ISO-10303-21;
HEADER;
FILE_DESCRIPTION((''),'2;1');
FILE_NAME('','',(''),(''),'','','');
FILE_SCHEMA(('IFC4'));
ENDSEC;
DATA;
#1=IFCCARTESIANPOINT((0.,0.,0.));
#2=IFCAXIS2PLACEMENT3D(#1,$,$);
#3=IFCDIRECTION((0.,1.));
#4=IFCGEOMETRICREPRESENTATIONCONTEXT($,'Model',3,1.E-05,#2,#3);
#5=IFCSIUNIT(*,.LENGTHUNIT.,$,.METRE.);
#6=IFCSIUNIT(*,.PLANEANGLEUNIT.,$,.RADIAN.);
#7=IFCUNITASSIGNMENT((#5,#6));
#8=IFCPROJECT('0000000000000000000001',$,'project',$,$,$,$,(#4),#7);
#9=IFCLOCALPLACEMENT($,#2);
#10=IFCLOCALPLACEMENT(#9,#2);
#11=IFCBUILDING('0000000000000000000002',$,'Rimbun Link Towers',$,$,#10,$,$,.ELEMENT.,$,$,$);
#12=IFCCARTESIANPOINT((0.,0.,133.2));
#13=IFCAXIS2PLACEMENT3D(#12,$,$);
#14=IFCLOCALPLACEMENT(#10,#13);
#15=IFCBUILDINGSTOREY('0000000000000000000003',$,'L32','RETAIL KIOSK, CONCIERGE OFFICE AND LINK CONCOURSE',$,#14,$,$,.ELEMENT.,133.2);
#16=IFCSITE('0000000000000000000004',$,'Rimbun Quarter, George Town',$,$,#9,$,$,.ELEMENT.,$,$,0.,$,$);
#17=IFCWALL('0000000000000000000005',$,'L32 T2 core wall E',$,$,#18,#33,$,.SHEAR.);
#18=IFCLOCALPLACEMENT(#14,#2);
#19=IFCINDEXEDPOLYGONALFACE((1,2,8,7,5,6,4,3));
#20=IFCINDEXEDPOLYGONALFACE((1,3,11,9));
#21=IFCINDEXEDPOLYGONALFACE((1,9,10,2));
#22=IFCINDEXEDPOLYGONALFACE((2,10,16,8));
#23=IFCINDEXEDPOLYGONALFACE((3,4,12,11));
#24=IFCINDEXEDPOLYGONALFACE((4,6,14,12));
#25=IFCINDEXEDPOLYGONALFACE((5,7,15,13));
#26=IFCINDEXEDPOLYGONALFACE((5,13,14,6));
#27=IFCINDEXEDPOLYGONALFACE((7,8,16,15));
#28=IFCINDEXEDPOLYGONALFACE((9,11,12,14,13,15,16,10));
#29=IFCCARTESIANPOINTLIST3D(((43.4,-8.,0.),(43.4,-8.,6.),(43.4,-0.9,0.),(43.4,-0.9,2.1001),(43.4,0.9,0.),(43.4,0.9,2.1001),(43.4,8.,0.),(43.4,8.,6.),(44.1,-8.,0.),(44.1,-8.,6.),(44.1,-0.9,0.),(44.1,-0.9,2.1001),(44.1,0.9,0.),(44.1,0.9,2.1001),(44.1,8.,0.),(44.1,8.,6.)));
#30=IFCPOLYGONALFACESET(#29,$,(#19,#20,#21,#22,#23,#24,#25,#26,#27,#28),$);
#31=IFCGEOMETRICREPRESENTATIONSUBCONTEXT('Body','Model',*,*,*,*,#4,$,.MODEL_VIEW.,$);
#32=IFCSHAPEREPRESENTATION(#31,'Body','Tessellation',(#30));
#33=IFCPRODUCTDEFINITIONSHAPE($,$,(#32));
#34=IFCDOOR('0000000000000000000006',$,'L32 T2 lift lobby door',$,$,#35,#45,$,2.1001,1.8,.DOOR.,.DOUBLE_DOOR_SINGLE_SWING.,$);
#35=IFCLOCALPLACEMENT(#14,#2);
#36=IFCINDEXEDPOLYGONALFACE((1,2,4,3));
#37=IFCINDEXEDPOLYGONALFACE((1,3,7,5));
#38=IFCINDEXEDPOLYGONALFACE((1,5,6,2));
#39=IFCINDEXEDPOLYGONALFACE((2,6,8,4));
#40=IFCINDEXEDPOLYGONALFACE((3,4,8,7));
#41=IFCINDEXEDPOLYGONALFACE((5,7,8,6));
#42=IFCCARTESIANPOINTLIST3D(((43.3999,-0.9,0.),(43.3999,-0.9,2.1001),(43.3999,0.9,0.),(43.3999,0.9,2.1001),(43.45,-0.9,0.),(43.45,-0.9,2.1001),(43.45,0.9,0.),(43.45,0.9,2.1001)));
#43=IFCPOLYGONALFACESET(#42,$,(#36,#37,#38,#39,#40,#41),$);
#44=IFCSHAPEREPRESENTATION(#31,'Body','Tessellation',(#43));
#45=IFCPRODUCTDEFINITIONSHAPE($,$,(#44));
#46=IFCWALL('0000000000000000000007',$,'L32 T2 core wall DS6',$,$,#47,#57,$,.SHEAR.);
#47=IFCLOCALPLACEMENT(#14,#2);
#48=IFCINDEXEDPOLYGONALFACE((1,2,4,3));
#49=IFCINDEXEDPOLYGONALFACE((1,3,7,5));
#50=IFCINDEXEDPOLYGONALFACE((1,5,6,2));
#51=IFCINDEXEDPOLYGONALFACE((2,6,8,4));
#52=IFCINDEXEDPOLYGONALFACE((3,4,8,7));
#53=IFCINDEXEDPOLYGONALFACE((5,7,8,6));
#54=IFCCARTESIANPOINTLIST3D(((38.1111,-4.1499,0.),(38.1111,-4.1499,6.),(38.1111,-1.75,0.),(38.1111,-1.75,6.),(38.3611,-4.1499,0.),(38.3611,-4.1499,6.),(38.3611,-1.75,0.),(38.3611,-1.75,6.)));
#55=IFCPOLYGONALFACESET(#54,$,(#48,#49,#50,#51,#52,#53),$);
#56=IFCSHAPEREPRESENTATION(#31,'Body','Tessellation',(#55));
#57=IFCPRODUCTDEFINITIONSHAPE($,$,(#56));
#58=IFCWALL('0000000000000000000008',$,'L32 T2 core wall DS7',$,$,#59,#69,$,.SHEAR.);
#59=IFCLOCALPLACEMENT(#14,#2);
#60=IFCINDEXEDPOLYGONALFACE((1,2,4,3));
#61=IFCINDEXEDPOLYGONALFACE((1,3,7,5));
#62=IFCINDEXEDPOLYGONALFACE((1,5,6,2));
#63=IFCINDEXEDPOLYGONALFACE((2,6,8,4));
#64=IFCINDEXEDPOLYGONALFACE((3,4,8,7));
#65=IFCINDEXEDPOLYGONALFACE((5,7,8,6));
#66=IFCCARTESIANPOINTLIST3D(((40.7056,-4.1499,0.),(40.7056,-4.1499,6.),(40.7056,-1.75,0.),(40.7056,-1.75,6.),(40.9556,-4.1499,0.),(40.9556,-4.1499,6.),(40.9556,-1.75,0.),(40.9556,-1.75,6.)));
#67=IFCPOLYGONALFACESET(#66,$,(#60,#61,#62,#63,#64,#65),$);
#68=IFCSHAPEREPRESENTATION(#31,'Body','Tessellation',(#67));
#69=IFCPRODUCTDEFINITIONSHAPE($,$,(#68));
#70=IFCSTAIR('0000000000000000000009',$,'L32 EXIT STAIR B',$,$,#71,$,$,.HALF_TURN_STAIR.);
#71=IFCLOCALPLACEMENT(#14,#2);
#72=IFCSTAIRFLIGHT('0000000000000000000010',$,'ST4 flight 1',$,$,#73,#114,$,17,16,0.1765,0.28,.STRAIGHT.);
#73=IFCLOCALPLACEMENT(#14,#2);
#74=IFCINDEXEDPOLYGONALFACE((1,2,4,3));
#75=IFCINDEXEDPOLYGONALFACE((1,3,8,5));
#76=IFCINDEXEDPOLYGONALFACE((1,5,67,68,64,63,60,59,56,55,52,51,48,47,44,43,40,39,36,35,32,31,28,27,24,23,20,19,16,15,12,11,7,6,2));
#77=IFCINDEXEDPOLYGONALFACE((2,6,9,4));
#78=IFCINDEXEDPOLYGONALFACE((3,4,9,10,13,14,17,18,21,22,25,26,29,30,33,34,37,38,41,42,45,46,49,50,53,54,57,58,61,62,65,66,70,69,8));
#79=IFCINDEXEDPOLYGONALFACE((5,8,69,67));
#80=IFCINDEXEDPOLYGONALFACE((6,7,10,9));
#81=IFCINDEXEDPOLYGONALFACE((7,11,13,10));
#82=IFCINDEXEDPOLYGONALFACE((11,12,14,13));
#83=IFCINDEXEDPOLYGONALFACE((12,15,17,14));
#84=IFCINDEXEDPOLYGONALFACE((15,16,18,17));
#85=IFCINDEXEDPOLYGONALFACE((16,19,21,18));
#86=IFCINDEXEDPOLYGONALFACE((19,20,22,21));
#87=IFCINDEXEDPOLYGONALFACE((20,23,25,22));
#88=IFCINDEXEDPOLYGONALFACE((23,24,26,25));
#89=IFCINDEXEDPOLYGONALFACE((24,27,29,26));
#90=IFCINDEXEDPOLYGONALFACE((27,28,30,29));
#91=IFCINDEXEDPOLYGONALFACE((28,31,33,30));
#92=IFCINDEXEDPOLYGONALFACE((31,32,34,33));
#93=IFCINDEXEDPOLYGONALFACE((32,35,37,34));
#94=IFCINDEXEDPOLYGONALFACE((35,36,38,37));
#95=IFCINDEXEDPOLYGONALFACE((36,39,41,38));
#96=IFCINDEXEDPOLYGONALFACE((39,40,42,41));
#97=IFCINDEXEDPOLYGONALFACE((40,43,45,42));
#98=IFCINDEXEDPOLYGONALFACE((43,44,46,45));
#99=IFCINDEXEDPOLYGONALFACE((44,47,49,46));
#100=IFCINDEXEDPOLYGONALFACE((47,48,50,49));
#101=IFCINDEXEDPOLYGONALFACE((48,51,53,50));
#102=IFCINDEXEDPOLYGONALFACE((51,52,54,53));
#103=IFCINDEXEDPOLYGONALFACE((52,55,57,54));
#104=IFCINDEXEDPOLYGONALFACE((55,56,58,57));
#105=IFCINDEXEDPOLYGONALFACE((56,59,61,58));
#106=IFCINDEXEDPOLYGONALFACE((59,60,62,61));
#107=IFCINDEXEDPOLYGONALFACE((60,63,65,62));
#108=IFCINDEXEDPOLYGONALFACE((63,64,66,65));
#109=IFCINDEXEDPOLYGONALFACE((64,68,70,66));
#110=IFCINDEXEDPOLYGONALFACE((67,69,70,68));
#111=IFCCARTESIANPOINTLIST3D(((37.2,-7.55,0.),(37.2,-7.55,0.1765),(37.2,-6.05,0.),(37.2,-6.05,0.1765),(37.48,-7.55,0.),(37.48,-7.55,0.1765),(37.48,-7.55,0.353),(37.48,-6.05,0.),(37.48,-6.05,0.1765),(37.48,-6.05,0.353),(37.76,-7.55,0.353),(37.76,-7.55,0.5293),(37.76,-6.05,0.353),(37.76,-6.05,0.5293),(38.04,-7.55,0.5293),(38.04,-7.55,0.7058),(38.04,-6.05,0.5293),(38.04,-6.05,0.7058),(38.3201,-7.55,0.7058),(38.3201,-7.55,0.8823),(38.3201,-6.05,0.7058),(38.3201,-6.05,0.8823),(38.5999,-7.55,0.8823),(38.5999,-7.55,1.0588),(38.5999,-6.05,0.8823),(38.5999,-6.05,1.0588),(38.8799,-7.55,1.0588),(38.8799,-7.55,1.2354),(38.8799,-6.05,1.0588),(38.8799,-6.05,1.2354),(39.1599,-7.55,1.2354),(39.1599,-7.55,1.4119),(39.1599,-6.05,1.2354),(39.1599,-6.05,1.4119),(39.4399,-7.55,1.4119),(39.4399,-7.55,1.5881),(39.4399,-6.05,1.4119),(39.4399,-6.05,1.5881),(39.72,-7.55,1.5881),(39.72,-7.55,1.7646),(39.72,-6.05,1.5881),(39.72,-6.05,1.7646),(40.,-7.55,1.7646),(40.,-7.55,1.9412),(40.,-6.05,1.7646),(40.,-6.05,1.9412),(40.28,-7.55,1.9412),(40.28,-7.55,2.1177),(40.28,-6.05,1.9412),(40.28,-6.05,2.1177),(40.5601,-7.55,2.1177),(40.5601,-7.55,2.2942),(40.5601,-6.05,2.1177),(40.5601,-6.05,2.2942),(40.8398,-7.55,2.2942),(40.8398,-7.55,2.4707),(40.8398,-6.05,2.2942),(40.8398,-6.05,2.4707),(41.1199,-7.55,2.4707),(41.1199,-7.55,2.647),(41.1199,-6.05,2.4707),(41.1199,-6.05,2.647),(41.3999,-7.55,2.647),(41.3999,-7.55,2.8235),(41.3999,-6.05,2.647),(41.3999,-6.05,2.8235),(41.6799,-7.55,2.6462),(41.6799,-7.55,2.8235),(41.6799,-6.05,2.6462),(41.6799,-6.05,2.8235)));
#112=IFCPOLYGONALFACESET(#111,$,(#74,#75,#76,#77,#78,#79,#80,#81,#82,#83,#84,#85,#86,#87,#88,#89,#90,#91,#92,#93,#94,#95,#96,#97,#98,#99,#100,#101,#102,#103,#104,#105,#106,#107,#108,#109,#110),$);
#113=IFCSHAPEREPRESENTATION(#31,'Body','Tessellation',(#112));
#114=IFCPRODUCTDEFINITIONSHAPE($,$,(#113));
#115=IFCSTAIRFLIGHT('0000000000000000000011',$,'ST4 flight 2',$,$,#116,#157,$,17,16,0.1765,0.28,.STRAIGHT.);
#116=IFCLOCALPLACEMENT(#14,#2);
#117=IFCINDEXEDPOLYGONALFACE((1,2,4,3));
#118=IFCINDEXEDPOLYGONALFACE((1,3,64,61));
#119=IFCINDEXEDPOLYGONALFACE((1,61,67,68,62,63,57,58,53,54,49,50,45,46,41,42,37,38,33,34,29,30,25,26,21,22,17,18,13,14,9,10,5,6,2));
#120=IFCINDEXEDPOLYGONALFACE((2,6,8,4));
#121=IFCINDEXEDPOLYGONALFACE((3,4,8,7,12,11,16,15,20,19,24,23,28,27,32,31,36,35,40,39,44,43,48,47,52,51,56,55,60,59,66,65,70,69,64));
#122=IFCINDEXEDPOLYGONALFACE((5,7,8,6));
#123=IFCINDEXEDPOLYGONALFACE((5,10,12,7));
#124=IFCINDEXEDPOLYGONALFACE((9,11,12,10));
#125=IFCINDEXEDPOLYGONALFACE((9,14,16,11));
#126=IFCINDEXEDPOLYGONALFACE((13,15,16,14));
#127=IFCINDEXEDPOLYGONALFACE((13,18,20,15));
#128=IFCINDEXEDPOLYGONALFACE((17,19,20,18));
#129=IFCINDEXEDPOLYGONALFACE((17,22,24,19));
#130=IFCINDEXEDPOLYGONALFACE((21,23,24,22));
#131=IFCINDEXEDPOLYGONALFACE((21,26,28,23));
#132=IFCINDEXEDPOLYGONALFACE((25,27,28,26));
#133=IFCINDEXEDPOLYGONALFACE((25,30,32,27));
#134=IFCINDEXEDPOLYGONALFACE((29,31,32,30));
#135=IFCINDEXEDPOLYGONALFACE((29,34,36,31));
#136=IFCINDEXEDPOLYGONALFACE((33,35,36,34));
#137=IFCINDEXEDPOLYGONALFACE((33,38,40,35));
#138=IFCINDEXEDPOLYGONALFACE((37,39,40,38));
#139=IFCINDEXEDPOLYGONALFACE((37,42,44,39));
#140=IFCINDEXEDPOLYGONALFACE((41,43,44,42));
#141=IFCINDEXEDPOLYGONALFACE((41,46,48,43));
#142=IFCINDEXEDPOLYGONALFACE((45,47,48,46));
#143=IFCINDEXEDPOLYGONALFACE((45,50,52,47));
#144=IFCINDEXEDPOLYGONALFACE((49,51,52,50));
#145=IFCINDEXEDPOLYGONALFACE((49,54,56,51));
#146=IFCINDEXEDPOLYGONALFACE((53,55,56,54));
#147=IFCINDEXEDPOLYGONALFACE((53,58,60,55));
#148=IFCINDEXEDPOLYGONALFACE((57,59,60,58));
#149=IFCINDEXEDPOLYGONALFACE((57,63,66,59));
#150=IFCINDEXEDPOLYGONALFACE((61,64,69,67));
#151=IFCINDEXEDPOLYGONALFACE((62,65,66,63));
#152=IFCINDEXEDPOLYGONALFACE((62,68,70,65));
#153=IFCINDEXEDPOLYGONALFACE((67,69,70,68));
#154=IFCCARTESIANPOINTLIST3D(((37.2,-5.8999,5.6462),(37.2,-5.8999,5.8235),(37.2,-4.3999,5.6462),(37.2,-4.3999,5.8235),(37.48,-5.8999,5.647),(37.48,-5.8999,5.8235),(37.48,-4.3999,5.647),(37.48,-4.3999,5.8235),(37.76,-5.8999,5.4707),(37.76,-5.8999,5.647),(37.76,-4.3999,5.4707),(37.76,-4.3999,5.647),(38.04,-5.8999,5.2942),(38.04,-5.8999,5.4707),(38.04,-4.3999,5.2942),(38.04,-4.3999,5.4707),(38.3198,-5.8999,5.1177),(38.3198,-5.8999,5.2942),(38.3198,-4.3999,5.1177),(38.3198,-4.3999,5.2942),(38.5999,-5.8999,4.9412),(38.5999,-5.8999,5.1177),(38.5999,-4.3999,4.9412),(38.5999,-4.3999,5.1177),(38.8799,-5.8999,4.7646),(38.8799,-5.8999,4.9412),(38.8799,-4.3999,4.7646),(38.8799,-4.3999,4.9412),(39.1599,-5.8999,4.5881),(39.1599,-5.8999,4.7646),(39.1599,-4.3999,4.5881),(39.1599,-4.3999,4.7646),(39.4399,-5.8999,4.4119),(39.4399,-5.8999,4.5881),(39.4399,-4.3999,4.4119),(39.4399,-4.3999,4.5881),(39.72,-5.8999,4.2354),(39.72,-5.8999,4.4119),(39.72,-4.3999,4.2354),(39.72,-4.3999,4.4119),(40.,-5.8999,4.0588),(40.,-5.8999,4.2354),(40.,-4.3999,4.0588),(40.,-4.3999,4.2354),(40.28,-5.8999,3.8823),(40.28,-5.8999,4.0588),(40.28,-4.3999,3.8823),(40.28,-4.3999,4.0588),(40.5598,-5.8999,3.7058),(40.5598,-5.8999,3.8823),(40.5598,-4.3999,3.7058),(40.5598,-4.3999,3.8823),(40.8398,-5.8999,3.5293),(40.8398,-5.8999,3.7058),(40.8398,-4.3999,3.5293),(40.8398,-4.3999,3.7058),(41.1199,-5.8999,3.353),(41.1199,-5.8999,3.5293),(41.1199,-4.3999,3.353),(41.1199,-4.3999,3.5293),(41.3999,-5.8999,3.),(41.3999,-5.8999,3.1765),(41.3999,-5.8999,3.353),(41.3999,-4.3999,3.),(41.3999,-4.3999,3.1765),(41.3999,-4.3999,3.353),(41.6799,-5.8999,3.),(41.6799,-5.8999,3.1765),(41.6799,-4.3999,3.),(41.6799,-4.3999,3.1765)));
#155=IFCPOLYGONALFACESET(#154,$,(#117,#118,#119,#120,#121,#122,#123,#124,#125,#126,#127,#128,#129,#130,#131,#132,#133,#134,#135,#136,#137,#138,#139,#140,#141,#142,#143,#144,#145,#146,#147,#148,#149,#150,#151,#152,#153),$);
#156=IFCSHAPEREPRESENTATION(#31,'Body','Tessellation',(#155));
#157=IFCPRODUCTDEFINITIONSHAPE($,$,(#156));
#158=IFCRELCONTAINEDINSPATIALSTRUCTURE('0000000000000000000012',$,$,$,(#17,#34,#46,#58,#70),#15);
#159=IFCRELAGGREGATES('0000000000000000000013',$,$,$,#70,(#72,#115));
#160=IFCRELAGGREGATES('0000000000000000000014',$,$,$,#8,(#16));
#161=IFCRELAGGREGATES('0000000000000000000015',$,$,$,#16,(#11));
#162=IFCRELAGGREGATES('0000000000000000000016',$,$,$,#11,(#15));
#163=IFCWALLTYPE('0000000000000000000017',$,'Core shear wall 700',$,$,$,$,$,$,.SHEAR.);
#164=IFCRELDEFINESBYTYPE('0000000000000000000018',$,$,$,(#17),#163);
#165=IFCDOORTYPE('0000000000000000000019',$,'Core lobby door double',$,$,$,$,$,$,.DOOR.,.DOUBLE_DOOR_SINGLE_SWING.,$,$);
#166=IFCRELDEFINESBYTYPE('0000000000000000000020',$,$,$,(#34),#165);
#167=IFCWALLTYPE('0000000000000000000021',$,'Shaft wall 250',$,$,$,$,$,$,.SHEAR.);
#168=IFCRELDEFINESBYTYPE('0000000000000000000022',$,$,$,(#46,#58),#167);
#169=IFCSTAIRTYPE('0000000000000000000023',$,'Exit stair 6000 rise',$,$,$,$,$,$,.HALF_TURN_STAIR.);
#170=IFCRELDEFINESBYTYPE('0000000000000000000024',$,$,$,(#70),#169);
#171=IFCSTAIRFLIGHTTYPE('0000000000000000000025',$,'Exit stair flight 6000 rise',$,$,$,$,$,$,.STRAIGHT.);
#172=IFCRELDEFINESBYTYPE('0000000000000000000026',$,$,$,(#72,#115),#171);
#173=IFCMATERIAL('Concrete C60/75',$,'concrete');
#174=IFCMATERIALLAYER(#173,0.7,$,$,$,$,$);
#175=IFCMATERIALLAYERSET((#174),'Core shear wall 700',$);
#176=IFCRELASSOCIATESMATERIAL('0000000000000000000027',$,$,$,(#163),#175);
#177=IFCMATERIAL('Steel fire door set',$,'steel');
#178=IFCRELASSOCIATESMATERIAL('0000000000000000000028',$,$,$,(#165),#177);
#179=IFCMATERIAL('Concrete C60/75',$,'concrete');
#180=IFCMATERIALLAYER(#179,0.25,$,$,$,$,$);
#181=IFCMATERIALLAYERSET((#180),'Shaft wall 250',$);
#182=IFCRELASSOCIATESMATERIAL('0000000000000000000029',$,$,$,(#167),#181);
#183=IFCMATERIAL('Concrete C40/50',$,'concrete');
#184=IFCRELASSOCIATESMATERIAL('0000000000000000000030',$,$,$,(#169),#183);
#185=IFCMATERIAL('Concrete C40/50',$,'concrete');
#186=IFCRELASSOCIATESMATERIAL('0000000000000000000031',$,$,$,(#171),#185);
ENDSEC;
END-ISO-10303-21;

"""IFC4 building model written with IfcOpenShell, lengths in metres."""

from ifc_helpers import new_model, si_unit, direction, frame, frame_2d, origin, place, context, subcontext, project, spatial, polyline, rectangle, outline, extrude, material, layer, layer_set, type_object, element, fill, aggregate, save


model = new_model("IFC4")

# Units and contexts
model_context = context("Model", 3, precision=1e-05, world=origin(), true_north=direction((0.0, 1.0)))
body_context = subcontext(model_context, "Body", "Model", "MODEL_VIEW")
ifc_project = project(units=[si_unit("LENGTHUNIT", "METRE"), si_unit("PLANEANGLEUNIT", "RADIAN")], contexts=[model_context])

# Site, building, storey
site_placement = place(None, origin())
site = spatial("IfcSite", under=ifc_project, at=site_placement, Name="Rimbun Quarter, George Town", CompositionType="ELEMENT", RefElevation=0.0)
building_placement = place(site_placement, origin())
building = spatial("IfcBuilding", under=site, at=building_placement, Name="Rimbun Link Towers", CompositionType="ELEMENT")
storey_placement = place(building_placement, frame((0.0, 0.0, 133.2)))
storey = spatial("IfcBuildingStorey", under=building, at=storey_placement, Name="L32", Description="RETAIL KIOSK, CONCIERGE OFFICE AND LINK CONCOURSE", CompositionType="ELEMENT", Elevation=133.2)

# Wall, opening, door
ifc_material_1 = material(Name="Concrete C60/75", Category="concrete")
ifc_layer_1 = layer(ifc_material_1, 0.7)
ifc_layer_set_1 = layer_set([ifc_layer_1], Name="Core shear wall 700")
wall_type_1 = type_object("IfcWallType", Name="Core shear wall 700", PredefinedType="SHEAR", material=ifc_layer_set_1)
wall_1_placement = place(storey_placement, frame((43.75, -8.0, 0.0), z_axis=(0.0, 0.0, 1.0), x_axis=(0.0, 1.0, 0.0)))
wall_1 = element("IfcWall", 1, at=wall_1_placement, inside=storey, type_object=wall_type_1, Name="L32 T2 core wall E", PredefinedType="SHEAR", context=body_context, shape_type="SweptSolid", body=[
    extrude(rectangle(XDim=16.0, YDim=0.7, at=frame_2d((8.0, 0.0))), origin(), (0.0, 0.0, 1.0), 6.0),
])
opening_1_placement = place(wall_1_placement, frame((7.1001, 0.0, 0.0)))
opening_1 = element("IfcOpeningElement", 2, at=opening_1_placement, cuts=wall_1, PredefinedType="OPENING", context=body_context, shape_type="SweptSolid", body=[
    extrude(rectangle(XDim=1.8, YDim=2.1001, at=frame_2d((0.8999, 1.05))), frame((0.0, 0.3599, 0.0), z_axis=(0.0, -1.0, 0.0), x_axis=(1.0, 0.0, 0.0)), (0.0, 0.0, 1.0), 0.72),
])
ifc_material_2 = material(Name="Steel fire door set", Category="steel")
door_type = type_object("IfcDoorType", Name="Core lobby door double", OperationType="DOUBLE_DOOR_SINGLE_SWING", PredefinedType="DOOR", material=ifc_material_2)
door_placement = place(opening_1_placement, origin())
door = element("IfcDoor", 3, at=door_placement, inside=storey, type_object=door_type, Name="L32 T2 lift lobby door", OperationType="DOUBLE_DOOR_SINGLE_SWING", OverallHeight=2.1001, OverallWidth=1.8, PredefinedType="DOOR", context=body_context, shape_type="SweptSolid", body=[
    extrude(rectangle(XDim=1.8, YDim=2.1001, at=frame_2d((0.8999, 1.05))), frame((0.0, 0.3501, 0.0), z_axis=(0.0, -1.0, 0.0), x_axis=(1.0, 0.0, 0.0)), (0.0, 0.0, 1.0), 0.05),
])
fill(opening_1, door)

# Walls
ifc_material_3 = material(Name="Concrete C60/75", Category="concrete")
ifc_layer_2 = layer(ifc_material_3, 0.25)
ifc_layer_set_2 = layer_set([ifc_layer_2], Name="Shaft wall 250")
wall_type_2 = type_object("IfcWallType", Name="Shaft wall 250", PredefinedType="SHEAR", material=ifc_layer_set_2)
for number, where, z_axis, x_axis, name in (
    (4, (38.2361, -4.1499, 0.0), (0.0, 0.0, 1.0), (0.0, 1.0, 0.0), "L32 T2 core wall DS6"),
    (5, (40.8306, -4.1499, 0.0), (0.0, 0.0, 1.0), (0.0, 1.0, 0.0), "L32 T2 core wall DS7"),
):
    element("IfcWall", number, at=place(storey_placement, frame(where, z_axis=z_axis, x_axis=x_axis)), inside=storey, type_object=wall_type_2, Name=name, PredefinedType="SHEAR", context=body_context, shape_type="SweptSolid", body=[
        extrude(rectangle(XDim=2.3999, YDim=0.25, at=frame_2d((1.2, 0.0))), origin(), (0.0, 0.0, 1.0), 6.0),
    ])

# Stair, stair flights
ifc_material_4 = material(Name="Concrete C40/50", Category="concrete")
stair_type = type_object("IfcStairType", Name="Exit stair 6000 rise", PredefinedType="HALF_TURN_STAIR", material=ifc_material_4)
stair_placement = place(storey_placement, origin())
stair = element("IfcStair", 6, at=stair_placement, inside=storey, type_object=stair_type, Name="L32 EXIT STAIR B", PredefinedType="HALF_TURN_STAIR")
ifc_material_5 = material(Name="Concrete C40/50", Category="concrete")
stair_flight_type = type_object("IfcStairFlightType", Name="Exit stair flight 6000 rise", PredefinedType="STRAIGHT", material=ifc_material_5)
stair_flight_1_placement = place(storey_placement, frame((37.2, -6.8, 0.0), z_axis=(0.0, 0.0, 1.0), x_axis=(1.0, 0.0, 0.0)))
stair_flight_1 = element("IfcStairFlight", 7, at=stair_flight_1_placement, type_object=stair_flight_type, Name="ST4 flight 1", NumberOfRisers=17, NumberOfTreads=16, PredefinedType="STRAIGHT", RiserHeight=0.1765, TreadLength=0.28, context=body_context, shape_type="SweptSolid", body=[
    extrude(outline(polyline([(0.0, 0.0), (0.0, 0.1765), (0.28, 0.1765), (0.28, 0.353), (0.5601, 0.353), (0.5601, 0.5293), (0.8401, 0.5293), (0.8401, 0.7058), (1.1201, 0.7058), (1.1201, 0.8823), (1.3999, 0.8823), (1.3999, 1.0588), (1.6799, 1.0588), (1.6799, 1.2354), (1.96, 1.2354), (1.96, 1.4119), (2.24, 1.4119), (2.24, 1.5881), (2.52, 1.5881), (2.52, 1.7646), (2.8, 1.7646), (2.8, 1.9412), (3.0801, 1.9412), (3.0801, 2.1177), (3.3601, 2.1177), (3.3601, 2.2942), (3.6399, 2.2942), (3.6399, 2.4707), (3.9199, 2.4707), (3.9199, 2.647), (4.2, 2.647), (4.2, 2.8235), (4.48, 2.8235), (4.48, 3.0), (4.48, 2.6462), (0.28, 0.0), (0.0, 0.0)])), frame((0.0, 0.75, 0.0), z_axis=(0.0, -1.0, 0.0), x_axis=(1.0, 0.0, 0.0)), (0.0, 0.0, 1.0), 1.5),
])
stair_flight_2_placement = place(storey_placement, frame((41.6799, -5.1499, 3.0), z_axis=(0.0, 0.0, 1.0), x_axis=(-1.0, 0.0, 0.0)))
stair_flight_2 = element("IfcStairFlight", 8, at=stair_flight_2_placement, type_object=stair_flight_type, Name="ST4 flight 2", NumberOfRisers=17, NumberOfTreads=16, PredefinedType="STRAIGHT", RiserHeight=0.1765, TreadLength=0.28, context=body_context, shape_type="SweptSolid", body=[
    extrude(outline(polyline([(0.0, 0.0), (0.0, 0.1765), (0.28, 0.1765), (0.28, 0.353), (0.5601, 0.353), (0.5601, 0.5293), (0.8401, 0.5293), (0.8401, 0.7058), (1.1201, 0.7058), (1.1201, 0.8823), (1.3999, 0.8823), (1.3999, 1.0588), (1.6799, 1.0588), (1.6799, 1.2354), (1.96, 1.2354), (1.96, 1.4119), (2.24, 1.4119), (2.24, 1.5881), (2.52, 1.5881), (2.52, 1.7646), (2.8, 1.7646), (2.8, 1.9412), (3.0801, 1.9412), (3.0801, 2.1177), (3.3601, 2.1177), (3.3601, 2.2942), (3.6399, 2.2942), (3.6399, 2.4707), (3.9199, 2.4707), (3.9199, 2.647), (4.2, 2.647), (4.2, 2.8235), (4.48, 2.8235), (4.48, 3.0), (4.48, 2.6462), (0.28, 0.0), (0.0, 0.0)])), frame((0.0, 0.75, 0.0), z_axis=(0.0, -1.0, 0.0), x_axis=(1.0, 0.0, 0.0)), (0.0, 0.0, 1.0), 1.5),
])
aggregate(stair, [stair_flight_1, stair_flight_2])

save(model, "model.ifc")
